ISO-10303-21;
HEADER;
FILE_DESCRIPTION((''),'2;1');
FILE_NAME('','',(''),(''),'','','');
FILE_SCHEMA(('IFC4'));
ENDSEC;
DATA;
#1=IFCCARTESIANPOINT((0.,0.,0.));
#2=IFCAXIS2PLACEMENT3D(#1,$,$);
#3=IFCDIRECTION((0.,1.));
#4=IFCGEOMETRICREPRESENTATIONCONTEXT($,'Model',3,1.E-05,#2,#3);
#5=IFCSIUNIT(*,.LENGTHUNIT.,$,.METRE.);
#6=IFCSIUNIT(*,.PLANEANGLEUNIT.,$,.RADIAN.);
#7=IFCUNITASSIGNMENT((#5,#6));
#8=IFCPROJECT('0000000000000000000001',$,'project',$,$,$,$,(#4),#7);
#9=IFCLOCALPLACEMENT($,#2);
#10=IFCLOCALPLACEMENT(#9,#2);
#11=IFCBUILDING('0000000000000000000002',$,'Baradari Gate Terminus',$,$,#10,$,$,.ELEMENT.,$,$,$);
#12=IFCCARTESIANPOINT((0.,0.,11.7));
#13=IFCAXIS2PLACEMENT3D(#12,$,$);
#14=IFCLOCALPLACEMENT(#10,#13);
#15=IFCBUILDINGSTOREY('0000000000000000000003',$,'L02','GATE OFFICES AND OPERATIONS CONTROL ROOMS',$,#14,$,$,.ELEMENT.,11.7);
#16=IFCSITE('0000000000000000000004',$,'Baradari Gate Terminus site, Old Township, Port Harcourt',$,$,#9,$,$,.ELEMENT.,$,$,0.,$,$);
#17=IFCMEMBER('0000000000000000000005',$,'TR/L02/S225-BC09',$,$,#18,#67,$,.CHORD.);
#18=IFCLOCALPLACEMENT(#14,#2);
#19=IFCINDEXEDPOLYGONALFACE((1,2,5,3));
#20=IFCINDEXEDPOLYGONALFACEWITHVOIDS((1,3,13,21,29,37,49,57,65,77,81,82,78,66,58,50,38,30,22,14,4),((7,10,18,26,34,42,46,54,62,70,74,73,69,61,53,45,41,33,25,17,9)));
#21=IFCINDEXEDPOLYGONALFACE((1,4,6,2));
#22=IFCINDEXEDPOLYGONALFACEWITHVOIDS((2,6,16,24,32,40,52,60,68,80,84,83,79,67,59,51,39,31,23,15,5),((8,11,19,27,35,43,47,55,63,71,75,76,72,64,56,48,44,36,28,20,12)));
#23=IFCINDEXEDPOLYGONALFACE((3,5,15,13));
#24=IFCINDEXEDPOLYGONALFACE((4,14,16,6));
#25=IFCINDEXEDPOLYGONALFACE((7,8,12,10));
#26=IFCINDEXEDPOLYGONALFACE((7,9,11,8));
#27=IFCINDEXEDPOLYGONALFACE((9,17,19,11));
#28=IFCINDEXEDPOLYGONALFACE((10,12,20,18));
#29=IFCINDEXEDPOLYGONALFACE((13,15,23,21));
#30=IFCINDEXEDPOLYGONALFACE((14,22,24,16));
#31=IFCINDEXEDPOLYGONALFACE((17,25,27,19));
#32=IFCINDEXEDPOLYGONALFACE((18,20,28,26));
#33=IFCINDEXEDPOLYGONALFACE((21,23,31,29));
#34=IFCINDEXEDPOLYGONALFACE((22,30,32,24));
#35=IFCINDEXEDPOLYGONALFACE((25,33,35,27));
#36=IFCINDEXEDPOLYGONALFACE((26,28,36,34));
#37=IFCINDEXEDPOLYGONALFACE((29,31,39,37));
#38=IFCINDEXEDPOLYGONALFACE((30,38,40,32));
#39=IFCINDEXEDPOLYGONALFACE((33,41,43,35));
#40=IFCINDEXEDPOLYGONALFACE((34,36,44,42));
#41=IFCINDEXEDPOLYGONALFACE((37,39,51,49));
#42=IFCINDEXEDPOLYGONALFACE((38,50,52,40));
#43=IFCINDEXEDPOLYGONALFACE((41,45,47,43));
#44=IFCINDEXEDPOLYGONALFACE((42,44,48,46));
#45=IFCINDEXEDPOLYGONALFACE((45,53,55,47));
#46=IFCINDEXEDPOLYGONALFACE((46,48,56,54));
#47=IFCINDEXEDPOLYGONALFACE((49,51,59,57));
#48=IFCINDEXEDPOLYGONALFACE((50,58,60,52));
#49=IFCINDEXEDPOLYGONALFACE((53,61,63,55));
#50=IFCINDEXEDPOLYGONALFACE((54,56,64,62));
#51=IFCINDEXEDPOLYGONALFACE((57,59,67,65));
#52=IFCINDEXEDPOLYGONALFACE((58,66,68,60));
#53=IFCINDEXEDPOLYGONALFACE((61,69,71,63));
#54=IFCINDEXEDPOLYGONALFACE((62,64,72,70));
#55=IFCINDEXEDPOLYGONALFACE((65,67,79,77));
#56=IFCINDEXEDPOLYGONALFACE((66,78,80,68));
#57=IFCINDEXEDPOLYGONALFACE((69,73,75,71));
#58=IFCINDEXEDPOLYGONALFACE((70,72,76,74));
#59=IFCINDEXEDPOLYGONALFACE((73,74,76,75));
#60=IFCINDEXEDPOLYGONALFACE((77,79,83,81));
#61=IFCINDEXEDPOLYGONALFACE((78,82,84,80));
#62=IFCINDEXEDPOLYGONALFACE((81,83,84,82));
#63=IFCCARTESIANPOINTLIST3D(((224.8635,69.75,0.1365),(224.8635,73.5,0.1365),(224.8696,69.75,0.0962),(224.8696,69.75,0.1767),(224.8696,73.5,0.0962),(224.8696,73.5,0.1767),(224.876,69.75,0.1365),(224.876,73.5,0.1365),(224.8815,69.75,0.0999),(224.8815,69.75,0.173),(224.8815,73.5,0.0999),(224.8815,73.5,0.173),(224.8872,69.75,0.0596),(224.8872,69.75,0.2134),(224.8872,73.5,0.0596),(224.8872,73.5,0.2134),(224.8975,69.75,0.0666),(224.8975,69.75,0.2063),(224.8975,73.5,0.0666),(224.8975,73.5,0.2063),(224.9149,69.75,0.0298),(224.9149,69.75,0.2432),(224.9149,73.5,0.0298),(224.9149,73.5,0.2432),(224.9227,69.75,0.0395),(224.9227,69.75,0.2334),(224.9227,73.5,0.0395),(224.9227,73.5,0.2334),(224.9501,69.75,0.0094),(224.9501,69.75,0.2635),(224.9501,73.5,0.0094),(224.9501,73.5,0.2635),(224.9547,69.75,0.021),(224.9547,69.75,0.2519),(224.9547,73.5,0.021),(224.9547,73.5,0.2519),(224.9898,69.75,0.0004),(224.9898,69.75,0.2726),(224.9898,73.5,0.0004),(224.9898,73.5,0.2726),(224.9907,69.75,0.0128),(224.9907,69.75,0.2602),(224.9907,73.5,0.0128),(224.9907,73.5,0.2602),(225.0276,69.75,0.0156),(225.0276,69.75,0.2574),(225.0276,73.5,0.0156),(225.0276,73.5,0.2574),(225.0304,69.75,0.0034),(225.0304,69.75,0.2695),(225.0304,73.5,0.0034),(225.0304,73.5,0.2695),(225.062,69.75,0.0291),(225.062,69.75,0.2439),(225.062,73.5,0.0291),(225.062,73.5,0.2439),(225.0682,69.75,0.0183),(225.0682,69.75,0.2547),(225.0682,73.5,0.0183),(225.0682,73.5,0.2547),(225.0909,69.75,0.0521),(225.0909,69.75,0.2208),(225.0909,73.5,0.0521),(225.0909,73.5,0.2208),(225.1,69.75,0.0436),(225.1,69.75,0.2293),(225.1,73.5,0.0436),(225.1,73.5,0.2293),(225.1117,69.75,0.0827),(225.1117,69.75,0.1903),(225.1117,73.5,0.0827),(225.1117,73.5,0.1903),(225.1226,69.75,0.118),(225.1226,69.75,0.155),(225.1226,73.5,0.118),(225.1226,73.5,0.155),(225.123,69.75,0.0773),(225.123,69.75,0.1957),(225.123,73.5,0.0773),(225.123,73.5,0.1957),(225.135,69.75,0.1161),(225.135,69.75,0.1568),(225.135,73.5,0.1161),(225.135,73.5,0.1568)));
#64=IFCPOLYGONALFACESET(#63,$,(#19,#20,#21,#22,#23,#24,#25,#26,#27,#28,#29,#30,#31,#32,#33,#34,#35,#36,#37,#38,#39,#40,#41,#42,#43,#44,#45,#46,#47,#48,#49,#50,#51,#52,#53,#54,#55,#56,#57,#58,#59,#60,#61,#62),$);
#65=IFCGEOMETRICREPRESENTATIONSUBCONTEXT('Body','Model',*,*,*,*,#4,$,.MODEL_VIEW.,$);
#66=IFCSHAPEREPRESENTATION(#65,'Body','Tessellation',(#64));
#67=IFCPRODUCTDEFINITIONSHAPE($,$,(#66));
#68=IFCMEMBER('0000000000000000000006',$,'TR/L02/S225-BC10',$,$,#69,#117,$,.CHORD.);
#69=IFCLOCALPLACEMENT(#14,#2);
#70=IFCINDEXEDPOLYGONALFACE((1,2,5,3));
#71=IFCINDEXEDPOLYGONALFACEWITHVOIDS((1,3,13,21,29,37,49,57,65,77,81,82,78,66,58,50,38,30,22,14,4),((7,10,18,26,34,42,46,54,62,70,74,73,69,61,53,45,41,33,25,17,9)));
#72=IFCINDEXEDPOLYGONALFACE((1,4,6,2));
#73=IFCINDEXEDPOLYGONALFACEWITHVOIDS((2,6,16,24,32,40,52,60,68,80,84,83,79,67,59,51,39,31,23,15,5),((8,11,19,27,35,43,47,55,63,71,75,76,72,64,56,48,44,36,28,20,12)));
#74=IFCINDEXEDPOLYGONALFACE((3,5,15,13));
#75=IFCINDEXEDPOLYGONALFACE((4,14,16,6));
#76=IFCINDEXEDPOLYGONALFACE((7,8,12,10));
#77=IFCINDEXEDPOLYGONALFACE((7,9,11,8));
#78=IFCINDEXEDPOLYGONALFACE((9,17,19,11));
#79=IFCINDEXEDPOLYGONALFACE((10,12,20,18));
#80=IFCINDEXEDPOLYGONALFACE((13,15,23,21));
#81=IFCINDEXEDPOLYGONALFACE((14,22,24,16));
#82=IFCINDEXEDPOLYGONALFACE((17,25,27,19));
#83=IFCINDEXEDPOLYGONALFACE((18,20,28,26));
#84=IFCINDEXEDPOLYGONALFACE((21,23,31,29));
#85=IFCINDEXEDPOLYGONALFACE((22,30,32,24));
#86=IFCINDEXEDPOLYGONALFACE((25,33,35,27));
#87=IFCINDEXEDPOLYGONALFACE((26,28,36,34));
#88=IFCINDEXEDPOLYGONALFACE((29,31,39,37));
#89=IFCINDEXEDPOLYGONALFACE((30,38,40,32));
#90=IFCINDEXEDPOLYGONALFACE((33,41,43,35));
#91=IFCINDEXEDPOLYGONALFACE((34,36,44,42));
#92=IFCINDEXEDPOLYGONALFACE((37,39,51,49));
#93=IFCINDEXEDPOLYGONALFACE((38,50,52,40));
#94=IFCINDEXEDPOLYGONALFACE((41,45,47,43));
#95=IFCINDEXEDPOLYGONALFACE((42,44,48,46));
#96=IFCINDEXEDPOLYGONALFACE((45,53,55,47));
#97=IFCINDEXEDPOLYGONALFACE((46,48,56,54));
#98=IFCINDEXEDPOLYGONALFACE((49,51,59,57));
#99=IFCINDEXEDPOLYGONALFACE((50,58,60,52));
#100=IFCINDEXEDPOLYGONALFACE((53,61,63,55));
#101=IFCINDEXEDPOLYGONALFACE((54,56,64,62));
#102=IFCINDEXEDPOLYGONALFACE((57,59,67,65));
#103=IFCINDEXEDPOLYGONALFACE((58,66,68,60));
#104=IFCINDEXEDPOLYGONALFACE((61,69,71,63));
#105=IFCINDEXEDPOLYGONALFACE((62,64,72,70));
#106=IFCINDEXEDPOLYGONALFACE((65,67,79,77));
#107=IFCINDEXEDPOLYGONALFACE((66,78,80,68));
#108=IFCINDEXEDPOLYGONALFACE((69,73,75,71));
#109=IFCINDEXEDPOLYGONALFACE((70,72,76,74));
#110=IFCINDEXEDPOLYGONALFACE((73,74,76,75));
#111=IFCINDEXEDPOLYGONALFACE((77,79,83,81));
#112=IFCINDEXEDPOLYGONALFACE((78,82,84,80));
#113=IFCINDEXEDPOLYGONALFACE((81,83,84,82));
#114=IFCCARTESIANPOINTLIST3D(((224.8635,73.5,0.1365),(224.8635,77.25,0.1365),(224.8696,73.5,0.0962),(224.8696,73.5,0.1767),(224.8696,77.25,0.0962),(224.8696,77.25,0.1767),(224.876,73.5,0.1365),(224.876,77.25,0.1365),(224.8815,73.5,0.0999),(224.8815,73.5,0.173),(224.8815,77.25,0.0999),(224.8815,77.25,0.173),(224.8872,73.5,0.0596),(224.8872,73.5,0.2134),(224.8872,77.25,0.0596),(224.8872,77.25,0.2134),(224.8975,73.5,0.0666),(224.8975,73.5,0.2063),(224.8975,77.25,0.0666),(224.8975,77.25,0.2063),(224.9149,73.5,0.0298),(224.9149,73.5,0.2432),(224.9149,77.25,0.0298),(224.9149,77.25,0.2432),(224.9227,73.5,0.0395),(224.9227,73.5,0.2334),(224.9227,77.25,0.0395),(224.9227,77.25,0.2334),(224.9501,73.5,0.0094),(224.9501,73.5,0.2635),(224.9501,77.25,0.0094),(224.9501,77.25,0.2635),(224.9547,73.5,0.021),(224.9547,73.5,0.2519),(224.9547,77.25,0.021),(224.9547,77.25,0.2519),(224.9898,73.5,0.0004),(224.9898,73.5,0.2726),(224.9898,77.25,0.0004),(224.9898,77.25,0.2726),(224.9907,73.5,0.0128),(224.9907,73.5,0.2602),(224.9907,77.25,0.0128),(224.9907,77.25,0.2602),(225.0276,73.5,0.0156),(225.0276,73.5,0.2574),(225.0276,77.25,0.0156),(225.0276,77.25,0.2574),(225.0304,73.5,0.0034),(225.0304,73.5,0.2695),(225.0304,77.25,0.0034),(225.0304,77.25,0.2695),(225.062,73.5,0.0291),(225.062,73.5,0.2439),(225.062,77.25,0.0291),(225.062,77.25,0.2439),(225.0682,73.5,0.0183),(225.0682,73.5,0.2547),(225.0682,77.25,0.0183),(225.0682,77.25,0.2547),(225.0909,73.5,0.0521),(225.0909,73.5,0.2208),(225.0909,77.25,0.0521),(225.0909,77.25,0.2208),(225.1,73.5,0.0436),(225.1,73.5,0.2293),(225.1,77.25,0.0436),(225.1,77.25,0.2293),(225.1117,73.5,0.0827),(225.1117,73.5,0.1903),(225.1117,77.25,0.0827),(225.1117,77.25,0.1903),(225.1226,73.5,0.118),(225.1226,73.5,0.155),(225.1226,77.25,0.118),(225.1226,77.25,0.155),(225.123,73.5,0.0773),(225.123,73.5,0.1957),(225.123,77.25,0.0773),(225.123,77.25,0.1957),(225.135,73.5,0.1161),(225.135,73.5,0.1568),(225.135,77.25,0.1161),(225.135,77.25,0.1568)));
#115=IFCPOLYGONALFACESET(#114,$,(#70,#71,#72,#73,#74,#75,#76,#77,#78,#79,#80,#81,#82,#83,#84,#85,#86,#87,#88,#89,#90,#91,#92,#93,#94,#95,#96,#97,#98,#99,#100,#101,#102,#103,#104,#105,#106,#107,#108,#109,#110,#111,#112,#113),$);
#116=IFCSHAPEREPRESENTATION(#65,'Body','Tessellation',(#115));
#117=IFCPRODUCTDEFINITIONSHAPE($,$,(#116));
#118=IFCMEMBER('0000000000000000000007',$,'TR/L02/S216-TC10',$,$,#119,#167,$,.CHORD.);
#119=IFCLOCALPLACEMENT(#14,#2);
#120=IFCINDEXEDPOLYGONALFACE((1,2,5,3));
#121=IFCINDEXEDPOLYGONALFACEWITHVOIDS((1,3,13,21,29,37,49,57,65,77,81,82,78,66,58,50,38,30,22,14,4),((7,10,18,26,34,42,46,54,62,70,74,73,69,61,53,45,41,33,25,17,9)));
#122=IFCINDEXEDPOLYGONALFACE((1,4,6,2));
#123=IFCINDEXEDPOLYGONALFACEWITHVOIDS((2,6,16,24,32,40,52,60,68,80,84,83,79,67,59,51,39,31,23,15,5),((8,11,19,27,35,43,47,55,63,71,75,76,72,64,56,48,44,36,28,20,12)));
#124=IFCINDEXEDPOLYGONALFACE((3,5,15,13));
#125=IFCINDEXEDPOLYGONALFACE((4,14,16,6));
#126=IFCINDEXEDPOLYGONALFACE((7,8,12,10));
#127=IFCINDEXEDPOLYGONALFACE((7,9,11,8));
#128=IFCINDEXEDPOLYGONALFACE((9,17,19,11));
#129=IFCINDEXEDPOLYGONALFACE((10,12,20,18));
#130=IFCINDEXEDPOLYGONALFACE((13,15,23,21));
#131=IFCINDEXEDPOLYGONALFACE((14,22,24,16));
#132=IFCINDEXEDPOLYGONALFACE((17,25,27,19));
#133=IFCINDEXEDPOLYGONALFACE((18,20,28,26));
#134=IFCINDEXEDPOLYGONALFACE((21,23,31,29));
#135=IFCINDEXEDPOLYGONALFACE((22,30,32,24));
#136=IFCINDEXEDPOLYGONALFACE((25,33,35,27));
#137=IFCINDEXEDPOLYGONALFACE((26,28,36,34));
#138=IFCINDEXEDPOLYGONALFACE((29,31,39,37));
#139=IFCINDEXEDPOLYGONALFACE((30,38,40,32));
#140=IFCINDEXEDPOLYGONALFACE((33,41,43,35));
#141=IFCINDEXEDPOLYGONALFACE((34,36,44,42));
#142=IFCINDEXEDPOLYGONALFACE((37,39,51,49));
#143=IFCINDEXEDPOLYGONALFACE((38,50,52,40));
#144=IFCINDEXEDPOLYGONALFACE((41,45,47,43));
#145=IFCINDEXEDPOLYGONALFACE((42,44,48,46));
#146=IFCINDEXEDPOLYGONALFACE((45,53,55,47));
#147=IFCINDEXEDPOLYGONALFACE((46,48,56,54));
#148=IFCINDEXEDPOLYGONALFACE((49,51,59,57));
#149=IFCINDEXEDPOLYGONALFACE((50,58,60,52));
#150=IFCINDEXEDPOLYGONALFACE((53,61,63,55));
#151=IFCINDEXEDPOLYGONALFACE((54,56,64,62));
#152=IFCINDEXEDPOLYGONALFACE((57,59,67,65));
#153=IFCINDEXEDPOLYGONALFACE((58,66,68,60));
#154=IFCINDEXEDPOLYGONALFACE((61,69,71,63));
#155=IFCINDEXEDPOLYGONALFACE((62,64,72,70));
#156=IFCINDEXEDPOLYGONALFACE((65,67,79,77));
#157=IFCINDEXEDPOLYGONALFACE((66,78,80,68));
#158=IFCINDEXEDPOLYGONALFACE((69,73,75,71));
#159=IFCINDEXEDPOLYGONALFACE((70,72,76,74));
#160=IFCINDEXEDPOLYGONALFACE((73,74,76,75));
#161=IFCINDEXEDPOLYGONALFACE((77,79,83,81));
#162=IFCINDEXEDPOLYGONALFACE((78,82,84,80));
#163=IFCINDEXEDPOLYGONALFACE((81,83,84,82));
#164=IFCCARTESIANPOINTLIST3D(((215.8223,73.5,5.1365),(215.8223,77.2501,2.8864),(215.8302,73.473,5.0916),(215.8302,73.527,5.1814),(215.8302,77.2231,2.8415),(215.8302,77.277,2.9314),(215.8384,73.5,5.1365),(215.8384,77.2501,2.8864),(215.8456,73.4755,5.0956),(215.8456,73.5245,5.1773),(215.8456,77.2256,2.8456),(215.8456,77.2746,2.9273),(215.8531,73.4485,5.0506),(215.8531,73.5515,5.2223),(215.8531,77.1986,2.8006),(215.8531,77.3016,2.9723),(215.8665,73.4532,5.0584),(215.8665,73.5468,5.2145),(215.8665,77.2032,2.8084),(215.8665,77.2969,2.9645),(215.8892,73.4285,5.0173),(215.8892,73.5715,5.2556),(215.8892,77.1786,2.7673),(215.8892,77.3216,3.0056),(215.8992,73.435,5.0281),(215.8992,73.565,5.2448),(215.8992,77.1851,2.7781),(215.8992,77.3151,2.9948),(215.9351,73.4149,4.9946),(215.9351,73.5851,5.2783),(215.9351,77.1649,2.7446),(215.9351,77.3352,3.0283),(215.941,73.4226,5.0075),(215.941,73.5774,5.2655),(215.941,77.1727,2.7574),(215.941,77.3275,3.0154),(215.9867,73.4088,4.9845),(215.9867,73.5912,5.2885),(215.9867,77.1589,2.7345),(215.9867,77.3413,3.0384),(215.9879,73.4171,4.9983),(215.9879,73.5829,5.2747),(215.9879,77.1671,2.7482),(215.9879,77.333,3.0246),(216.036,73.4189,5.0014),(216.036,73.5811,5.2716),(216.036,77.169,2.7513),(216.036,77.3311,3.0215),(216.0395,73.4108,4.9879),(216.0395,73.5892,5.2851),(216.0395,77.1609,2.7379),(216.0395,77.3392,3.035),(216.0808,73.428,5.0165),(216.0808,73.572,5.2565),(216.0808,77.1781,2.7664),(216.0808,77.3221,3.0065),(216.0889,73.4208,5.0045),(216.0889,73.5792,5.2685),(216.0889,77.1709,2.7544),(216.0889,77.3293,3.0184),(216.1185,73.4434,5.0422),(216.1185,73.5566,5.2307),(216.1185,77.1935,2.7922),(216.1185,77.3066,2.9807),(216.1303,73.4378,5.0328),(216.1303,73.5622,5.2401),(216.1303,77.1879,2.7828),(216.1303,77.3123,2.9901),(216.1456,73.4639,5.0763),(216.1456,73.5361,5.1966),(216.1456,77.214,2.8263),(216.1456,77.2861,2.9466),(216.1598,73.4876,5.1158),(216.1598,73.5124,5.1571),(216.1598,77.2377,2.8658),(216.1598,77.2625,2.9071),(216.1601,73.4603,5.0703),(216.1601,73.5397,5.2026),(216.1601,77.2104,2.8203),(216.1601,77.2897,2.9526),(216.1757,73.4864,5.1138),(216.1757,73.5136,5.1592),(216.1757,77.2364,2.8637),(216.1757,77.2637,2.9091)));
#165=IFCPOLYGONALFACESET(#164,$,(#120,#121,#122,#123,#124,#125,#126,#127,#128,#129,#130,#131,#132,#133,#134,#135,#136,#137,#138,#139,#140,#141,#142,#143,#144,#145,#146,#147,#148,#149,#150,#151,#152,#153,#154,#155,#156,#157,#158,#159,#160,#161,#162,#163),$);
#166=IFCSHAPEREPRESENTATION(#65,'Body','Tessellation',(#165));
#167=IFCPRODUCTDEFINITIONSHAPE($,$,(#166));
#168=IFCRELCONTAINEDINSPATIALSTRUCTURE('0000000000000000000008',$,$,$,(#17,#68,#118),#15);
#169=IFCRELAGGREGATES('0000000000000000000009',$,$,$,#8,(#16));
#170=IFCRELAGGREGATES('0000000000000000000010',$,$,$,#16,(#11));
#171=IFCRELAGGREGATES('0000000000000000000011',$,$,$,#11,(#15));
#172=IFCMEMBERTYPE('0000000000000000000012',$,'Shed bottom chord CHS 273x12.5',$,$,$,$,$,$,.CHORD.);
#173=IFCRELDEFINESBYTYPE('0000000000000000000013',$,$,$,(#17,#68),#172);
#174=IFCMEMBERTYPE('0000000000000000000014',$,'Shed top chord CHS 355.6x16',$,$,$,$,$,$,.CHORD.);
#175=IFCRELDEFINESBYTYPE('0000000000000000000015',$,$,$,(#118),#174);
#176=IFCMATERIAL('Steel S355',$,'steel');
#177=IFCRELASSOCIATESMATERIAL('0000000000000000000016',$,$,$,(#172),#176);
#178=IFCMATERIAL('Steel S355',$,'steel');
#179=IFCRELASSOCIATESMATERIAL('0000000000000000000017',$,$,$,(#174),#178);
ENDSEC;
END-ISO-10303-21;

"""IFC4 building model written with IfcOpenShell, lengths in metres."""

from ifc_helpers import new_model, si_unit, direction, frame, origin, origin_2d, place, context, subcontext, project, spatial, hollow_circle, extrude, material, material_profile, profile_set, type_object, element, save


model = new_model("IFC4")

# Units and contexts
model_context = context("Model", 3, precision=1e-05, world=origin(), true_north=direction((0.0, 1.0)))
body_context = subcontext(model_context, "Body", "Model", "MODEL_VIEW")
ifc_project = project(units=[si_unit("LENGTHUNIT", "METRE"), si_unit("PLANEANGLEUNIT", "RADIAN")], contexts=[model_context])

# Site, building, storey
site_placement = place(None, origin())
site = spatial("IfcSite", under=ifc_project, at=site_placement, Name="Baradari Gate Terminus site, Old Township, Port Harcourt", CompositionType="ELEMENT", RefElevation=0.0)
building_placement = place(site_placement, origin())
building = spatial("IfcBuilding", under=site, at=building_placement, Name="Baradari Gate Terminus", CompositionType="ELEMENT")
storey_placement = place(building_placement, frame((0.0, 0.0, 11.7)))
storey = spatial("IfcBuildingStorey", under=building, at=storey_placement, Name="L02", Description="GATE OFFICES AND OPERATIONS CONTROL ROOMS", CompositionType="ELEMENT", Elevation=11.7)

# Members
ifc_material_1 = material(Name="Steel S355", Category="steel")
ifc_material_profile_1 = material_profile(ifc_material_1, hollow_circle(Radius=0.1365, WallThickness=0.0125, at=origin_2d()), Name="CHS 273x12.5")
ifc_profile_set_1 = profile_set([ifc_material_profile_1], Name="Steel S355")
member_type_1 = type_object("IfcMemberType", Name="Shed bottom chord CHS 273x12.5", PredefinedType="CHORD", material=ifc_profile_set_1)
for number, where, z_axis, x_axis, name in (
    (1, (225.0, 69.75, 0.1365), (0.0, 1.0, 0.0), (-1.0, 0.0, 0.0), "TR/L02/S225-BC09"),
    (2, (225.0, 73.5, 0.1365), (0.0, 1.0, 0.0), (-1.0, 0.0, 0.0), "TR/L02/S225-BC10"),
):
    element("IfcMember", number, at=place(storey_placement, frame(where, z_axis=z_axis, x_axis=x_axis)), inside=storey, type_object=member_type_1, Name=name, PredefinedType="CHORD", context=body_context, shape_type="SweptSolid", body=[
        extrude(hollow_circle(Radius=0.1365, WallThickness=0.0125, at=origin_2d()), origin(), (0.0, 0.0, 1.0), 3.75),
    ])
ifc_material_2 = material(Name="Steel S355", Category="steel")
ifc_material_profile_2 = material_profile(ifc_material_2, hollow_circle(Radius=0.1777, WallThickness=0.0161, at=origin_2d()), Name="CHS 355.6x16")
ifc_profile_set_2 = profile_set([ifc_material_profile_2], Name="Steel S355")
member_type_2 = type_object("IfcMemberType", Name="Shed top chord CHS 355.6x16", PredefinedType="CHORD", material=ifc_profile_set_2)
for number, where, z_axis, x_axis, name in (
    (3, (216.0, 73.5, 5.1365), (0.0, 0.857493, -0.514496), (-1.0, 0.0, 0.0), "TR/L02/S216-TC10"),
):
    element("IfcMember", number, at=place(storey_placement, frame(where, z_axis=z_axis, x_axis=x_axis)), inside=storey, type_object=member_type_2, Name=name, PredefinedType="CHORD", context=body_context, shape_type="SweptSolid", body=[
        extrude(hollow_circle(Radius=0.1777, WallThickness=0.0161, at=origin_2d()), origin(), (0.0, 0.0, 1.0), 4.3733),
    ])

save(model, "model.ifc")
